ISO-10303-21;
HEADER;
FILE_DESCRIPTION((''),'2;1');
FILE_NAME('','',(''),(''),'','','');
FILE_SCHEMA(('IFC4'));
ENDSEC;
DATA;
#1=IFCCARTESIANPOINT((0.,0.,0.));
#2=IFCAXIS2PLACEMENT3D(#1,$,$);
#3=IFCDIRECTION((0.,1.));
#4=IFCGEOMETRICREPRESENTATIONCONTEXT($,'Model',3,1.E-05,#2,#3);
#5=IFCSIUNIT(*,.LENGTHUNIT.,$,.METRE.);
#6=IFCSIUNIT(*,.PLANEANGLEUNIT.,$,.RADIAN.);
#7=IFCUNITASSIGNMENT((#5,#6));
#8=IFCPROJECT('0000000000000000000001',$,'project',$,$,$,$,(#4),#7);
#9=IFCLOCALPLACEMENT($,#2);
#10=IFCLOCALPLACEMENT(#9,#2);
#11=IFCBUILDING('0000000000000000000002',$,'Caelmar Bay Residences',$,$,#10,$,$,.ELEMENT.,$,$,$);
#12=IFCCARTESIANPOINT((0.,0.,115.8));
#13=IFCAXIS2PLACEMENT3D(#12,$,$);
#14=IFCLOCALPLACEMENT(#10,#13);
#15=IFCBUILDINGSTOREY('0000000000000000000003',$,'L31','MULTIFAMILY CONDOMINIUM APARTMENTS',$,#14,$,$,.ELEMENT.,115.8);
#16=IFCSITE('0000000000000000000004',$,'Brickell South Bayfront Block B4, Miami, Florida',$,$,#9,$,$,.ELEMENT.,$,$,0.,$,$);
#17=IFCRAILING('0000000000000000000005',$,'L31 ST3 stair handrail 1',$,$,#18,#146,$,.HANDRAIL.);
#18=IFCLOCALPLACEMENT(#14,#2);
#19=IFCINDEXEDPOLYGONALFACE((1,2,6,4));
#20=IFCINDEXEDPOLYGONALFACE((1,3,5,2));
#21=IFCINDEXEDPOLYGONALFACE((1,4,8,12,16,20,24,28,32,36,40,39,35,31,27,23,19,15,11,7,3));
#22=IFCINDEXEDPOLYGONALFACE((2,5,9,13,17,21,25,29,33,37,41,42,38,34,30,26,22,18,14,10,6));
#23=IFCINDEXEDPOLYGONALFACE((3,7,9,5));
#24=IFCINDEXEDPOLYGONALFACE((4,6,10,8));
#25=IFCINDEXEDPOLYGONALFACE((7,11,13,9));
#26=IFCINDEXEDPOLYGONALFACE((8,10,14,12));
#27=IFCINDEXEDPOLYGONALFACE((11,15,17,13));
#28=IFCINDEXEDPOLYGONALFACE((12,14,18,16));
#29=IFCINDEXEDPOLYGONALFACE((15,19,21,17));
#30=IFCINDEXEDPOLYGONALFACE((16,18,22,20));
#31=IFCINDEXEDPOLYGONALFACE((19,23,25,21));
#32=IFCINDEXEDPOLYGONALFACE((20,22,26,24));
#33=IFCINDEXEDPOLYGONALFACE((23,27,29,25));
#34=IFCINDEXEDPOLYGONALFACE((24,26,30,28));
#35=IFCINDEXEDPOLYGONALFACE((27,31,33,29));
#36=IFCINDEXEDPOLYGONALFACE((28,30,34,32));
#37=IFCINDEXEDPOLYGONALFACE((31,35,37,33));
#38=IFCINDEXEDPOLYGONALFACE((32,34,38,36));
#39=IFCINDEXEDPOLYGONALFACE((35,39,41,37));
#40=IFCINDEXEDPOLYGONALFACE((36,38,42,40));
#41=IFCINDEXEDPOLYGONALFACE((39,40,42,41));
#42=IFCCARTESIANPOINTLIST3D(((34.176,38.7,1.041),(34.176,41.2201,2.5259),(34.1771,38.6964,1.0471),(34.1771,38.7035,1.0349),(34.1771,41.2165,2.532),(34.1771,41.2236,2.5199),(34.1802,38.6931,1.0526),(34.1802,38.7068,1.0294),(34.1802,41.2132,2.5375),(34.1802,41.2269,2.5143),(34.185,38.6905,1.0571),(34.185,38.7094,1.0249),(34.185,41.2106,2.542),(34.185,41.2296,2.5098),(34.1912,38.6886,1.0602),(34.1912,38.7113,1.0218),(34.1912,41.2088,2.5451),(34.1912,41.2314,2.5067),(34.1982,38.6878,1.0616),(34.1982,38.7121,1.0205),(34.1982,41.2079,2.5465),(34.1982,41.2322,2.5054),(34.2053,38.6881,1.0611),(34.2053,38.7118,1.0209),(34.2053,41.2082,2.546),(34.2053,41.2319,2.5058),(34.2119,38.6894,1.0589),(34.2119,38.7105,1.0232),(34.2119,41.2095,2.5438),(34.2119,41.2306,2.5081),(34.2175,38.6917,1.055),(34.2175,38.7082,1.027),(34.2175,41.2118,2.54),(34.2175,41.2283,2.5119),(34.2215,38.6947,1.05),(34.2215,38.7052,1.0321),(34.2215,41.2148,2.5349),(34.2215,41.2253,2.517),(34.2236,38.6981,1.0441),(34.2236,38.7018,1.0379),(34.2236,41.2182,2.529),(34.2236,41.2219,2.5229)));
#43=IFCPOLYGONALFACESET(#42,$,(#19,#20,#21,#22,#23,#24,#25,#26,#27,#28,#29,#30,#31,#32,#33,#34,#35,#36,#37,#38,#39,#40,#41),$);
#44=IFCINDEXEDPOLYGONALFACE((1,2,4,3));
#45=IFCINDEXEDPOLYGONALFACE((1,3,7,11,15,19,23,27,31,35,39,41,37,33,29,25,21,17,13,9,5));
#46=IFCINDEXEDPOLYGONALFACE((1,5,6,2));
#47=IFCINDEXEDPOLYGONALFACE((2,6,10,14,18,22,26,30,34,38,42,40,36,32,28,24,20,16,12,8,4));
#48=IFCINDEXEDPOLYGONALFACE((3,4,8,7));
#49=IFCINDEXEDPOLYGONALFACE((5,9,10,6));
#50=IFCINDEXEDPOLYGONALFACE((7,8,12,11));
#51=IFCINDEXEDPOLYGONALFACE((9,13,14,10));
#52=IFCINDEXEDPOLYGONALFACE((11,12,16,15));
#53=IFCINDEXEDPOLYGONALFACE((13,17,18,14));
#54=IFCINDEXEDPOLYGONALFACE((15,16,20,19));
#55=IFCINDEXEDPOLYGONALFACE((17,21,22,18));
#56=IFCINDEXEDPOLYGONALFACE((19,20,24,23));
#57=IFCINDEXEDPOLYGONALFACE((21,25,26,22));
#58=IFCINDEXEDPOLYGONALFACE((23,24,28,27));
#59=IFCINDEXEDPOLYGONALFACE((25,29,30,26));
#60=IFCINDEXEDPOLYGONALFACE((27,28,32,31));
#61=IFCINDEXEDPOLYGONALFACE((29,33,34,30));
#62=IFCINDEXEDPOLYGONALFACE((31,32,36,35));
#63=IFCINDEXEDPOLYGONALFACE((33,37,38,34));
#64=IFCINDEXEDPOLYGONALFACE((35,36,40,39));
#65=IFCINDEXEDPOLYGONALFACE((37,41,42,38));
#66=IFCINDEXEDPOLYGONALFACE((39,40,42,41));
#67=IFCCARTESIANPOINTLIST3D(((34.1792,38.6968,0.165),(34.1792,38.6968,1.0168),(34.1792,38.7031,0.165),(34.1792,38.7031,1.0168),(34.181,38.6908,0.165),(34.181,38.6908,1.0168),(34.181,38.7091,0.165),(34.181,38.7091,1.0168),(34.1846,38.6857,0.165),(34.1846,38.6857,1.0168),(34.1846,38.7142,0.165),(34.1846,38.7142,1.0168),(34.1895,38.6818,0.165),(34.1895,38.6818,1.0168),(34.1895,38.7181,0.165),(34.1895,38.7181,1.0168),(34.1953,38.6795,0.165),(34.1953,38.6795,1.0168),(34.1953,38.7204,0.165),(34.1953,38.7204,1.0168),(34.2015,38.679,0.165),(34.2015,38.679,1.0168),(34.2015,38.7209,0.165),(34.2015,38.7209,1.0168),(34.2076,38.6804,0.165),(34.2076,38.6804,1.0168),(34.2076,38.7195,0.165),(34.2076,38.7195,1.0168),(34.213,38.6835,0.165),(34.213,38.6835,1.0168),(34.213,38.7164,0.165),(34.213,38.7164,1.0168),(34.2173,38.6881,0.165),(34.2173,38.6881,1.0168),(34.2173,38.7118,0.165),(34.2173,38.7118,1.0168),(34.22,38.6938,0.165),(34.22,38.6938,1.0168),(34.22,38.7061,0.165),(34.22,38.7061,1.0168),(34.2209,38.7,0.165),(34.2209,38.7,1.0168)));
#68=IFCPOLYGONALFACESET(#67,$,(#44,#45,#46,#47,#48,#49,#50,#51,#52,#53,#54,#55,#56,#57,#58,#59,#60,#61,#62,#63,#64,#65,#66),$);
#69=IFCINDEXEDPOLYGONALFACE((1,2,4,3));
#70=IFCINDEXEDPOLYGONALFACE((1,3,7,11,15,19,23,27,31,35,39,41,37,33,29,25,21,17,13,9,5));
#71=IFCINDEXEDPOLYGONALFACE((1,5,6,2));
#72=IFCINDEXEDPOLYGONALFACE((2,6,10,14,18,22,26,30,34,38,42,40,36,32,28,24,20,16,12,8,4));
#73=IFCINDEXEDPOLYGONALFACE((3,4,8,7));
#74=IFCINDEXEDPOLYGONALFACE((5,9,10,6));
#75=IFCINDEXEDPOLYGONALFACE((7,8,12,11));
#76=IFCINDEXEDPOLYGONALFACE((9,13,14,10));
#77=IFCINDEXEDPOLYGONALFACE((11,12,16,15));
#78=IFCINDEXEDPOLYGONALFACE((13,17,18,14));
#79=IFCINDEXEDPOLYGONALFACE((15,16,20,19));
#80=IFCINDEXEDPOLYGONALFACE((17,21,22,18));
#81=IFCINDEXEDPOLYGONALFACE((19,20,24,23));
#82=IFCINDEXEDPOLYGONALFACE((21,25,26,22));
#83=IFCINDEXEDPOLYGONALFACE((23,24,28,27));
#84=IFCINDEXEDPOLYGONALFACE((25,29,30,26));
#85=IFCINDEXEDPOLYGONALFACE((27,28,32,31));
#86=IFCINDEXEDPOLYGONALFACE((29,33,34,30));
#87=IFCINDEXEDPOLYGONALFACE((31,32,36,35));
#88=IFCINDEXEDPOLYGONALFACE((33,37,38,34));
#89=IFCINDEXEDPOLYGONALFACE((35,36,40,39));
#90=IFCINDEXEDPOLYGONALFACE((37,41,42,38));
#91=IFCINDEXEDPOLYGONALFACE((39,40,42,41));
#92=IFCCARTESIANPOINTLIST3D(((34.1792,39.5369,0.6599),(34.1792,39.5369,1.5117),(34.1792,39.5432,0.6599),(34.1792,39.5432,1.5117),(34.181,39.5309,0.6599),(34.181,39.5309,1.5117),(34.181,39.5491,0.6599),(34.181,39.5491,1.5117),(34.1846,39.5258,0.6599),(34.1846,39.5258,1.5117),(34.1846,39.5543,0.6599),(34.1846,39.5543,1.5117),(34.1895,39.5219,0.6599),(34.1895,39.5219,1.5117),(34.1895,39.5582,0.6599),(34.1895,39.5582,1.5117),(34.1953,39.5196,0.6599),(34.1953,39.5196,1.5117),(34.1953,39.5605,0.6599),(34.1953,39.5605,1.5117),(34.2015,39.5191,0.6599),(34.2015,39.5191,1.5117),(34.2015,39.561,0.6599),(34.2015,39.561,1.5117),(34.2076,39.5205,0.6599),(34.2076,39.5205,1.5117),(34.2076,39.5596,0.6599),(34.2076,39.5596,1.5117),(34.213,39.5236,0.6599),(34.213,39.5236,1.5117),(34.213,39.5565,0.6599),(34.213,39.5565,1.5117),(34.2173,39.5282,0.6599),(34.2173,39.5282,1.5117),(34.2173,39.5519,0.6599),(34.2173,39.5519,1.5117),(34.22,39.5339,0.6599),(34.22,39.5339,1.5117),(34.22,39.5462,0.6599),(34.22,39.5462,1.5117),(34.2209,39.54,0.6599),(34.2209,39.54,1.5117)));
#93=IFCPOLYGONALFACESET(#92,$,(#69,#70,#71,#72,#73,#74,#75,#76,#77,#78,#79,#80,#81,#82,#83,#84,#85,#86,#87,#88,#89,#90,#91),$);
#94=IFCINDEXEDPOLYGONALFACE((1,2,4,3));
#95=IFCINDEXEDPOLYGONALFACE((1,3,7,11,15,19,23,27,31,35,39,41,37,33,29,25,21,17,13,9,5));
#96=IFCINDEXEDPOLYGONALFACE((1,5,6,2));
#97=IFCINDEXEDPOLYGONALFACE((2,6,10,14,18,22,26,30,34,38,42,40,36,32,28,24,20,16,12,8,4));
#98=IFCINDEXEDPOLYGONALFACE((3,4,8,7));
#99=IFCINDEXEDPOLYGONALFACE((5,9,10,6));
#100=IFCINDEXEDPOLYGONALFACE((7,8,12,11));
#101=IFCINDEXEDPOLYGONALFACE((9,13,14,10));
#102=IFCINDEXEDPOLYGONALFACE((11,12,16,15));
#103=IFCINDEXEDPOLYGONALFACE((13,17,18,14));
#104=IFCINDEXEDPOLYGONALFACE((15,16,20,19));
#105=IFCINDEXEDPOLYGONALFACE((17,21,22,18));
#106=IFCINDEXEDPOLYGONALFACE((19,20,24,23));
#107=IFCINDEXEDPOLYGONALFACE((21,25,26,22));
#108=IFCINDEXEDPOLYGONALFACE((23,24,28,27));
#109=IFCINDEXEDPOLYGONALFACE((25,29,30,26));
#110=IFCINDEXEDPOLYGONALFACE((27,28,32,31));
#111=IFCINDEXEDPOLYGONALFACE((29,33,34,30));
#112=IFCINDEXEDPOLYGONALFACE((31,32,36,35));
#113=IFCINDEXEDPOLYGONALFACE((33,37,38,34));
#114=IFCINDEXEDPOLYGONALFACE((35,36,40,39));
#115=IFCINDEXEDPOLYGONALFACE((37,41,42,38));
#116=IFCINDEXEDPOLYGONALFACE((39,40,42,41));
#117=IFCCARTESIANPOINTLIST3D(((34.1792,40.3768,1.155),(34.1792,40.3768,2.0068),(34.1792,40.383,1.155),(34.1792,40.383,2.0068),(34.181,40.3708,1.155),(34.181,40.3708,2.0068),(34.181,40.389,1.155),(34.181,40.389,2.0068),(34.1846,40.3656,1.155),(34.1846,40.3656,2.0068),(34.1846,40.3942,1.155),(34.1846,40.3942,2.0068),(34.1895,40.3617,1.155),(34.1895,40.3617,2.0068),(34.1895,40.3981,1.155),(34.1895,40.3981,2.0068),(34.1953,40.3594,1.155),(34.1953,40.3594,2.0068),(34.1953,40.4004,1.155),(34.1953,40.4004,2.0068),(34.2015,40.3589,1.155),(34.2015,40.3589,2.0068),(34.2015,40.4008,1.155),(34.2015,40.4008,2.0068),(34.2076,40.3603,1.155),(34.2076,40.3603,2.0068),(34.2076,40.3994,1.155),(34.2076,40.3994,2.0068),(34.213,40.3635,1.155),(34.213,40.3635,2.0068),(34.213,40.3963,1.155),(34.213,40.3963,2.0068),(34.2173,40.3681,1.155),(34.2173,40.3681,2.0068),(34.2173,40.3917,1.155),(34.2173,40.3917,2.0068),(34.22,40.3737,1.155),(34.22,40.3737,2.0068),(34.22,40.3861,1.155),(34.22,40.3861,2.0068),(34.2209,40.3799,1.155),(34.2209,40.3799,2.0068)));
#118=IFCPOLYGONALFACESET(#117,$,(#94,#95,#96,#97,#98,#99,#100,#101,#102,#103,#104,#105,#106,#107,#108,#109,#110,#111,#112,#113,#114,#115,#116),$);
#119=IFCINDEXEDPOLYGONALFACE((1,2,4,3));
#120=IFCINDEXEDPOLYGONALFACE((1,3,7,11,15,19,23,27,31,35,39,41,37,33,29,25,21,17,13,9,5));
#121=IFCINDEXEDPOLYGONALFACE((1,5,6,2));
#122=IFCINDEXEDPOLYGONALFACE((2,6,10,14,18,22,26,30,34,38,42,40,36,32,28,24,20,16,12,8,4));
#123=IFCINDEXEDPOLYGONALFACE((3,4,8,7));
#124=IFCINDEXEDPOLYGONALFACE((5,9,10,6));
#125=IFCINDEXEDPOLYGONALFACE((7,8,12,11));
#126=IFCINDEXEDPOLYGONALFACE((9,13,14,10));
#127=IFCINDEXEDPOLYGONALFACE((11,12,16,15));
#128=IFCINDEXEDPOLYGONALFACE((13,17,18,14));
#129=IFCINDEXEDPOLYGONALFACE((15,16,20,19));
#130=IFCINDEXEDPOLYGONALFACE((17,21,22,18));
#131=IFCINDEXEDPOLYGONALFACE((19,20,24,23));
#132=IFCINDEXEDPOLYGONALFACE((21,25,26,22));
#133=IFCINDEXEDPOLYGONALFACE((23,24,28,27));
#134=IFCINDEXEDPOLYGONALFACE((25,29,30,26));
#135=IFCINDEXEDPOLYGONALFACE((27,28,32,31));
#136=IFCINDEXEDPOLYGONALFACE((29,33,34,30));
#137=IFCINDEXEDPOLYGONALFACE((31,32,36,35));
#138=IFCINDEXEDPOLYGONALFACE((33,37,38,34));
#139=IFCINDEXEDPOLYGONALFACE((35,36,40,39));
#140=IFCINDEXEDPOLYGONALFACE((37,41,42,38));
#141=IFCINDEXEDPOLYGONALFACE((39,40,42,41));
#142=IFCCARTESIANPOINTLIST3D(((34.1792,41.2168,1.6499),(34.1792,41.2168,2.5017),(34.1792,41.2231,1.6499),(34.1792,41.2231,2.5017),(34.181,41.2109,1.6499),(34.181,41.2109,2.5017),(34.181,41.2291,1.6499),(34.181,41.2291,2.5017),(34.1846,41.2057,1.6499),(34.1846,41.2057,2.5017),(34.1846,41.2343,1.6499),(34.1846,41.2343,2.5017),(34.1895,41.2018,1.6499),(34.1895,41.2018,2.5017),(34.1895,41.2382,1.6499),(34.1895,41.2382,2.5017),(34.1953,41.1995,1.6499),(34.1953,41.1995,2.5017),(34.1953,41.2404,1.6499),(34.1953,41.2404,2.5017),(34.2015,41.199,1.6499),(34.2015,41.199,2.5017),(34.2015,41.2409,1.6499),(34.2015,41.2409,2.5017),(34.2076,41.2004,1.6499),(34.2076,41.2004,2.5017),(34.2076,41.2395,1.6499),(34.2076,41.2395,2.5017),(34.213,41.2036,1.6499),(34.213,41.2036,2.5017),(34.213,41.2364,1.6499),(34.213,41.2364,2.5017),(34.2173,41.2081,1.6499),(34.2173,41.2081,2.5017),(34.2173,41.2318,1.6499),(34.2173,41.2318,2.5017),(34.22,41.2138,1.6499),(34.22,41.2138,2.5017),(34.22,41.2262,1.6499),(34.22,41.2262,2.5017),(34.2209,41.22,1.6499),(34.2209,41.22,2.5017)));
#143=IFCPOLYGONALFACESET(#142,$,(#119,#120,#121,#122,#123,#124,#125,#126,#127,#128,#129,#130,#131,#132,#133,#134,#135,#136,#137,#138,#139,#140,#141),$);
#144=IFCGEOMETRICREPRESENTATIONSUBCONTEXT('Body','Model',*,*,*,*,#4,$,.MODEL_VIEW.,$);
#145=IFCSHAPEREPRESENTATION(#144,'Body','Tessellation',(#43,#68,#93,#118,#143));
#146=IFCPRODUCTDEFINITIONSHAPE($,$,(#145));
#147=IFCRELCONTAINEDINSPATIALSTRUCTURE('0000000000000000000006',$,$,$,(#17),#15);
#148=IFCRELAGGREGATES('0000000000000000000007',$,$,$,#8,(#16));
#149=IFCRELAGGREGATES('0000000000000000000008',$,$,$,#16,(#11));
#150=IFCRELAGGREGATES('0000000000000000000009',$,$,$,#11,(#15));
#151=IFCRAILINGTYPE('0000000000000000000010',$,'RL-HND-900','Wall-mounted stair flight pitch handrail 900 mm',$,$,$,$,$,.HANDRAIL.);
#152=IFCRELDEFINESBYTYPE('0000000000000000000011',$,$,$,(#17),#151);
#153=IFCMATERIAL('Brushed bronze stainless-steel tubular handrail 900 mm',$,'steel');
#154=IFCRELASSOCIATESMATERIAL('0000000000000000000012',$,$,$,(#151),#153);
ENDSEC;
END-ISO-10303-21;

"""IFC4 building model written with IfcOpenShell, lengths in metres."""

from ifc_helpers import new_model, si_unit, direction, frame, origin, origin_2d, place, context, subcontext, project, spatial, circle, extrude, material, type_object, element, save


model = new_model("IFC4")

# Units and contexts
model_context = context("Model", 3, precision=1e-05, world=origin(), true_north=direction((0.0, 1.0)))
body_context = subcontext(model_context, "Body", "Model", "MODEL_VIEW")
ifc_project = project(units=[si_unit("LENGTHUNIT", "METRE"), si_unit("PLANEANGLEUNIT", "RADIAN")], contexts=[model_context])

# Site, building, storey
site_placement = place(None, origin())
site = spatial("IfcSite", under=ifc_project, at=site_placement, Name="Brickell South Bayfront Block B4, Miami, Florida", CompositionType="ELEMENT", RefElevation=0.0)
building_placement = place(site_placement, origin())
building = spatial("IfcBuilding", under=site, at=building_placement, Name="Caelmar Bay Residences", CompositionType="ELEMENT")
storey_placement = place(building_placement, frame((0.0, 0.0, 115.8)))
storey = spatial("IfcBuildingStorey", under=building, at=storey_placement, Name="L31", Description="MULTIFAMILY CONDOMINIUM APARTMENTS", CompositionType="ELEMENT", Elevation=115.8)

# Railing
ifc_material_1 = material(Name="Brushed bronze stainless-steel tubular handrail 900 mm", Category="steel")
railing_type_1 = type_object("IfcRailingType", Name="RL-HND-900", Description="Wall-mounted stair flight pitch handrail 900 mm", PredefinedType="HANDRAIL", material=ifc_material_1)
railing_1_placement = place(storey_placement, frame((34.2, 38.7, 0.165)))
element("IfcRailing", 1, at=railing_1_placement, inside=storey, type_object=railing_type_1, Name="L31 ST3 stair handrail 1", PredefinedType="HANDRAIL", context=body_context, shape_type="SweptSolid", body=[
    extrude(circle(Radius=0.0239, at=origin_2d()), frame((0.0, 0.0, 0.876), z_axis=(0.0, 0.861561, 0.507655), x_axis=(-1.0, 0.0, 0.0)), (0.0, 0.0, 1.0), 2.925),
    extrude(circle(Radius=0.021, at=origin_2d()), origin(), (0.0, 0.0, 1.0), 0.8518),
    extrude(circle(Radius=0.021, at=origin_2d()), frame((0.0, 0.8401, 0.4949)), (0.0, 0.0, 1.0), 0.8518),
    extrude(circle(Radius=0.021, at=origin_2d()), frame((0.0, 1.6799, 0.99)), (0.0, 0.0, 1.0), 0.8518),
    extrude(circle(Radius=0.021, at=origin_2d()), frame((0.0, 2.52, 1.4849)), (0.0, 0.0, 1.0), 0.8518),
])

save(model, "model.ifc")
